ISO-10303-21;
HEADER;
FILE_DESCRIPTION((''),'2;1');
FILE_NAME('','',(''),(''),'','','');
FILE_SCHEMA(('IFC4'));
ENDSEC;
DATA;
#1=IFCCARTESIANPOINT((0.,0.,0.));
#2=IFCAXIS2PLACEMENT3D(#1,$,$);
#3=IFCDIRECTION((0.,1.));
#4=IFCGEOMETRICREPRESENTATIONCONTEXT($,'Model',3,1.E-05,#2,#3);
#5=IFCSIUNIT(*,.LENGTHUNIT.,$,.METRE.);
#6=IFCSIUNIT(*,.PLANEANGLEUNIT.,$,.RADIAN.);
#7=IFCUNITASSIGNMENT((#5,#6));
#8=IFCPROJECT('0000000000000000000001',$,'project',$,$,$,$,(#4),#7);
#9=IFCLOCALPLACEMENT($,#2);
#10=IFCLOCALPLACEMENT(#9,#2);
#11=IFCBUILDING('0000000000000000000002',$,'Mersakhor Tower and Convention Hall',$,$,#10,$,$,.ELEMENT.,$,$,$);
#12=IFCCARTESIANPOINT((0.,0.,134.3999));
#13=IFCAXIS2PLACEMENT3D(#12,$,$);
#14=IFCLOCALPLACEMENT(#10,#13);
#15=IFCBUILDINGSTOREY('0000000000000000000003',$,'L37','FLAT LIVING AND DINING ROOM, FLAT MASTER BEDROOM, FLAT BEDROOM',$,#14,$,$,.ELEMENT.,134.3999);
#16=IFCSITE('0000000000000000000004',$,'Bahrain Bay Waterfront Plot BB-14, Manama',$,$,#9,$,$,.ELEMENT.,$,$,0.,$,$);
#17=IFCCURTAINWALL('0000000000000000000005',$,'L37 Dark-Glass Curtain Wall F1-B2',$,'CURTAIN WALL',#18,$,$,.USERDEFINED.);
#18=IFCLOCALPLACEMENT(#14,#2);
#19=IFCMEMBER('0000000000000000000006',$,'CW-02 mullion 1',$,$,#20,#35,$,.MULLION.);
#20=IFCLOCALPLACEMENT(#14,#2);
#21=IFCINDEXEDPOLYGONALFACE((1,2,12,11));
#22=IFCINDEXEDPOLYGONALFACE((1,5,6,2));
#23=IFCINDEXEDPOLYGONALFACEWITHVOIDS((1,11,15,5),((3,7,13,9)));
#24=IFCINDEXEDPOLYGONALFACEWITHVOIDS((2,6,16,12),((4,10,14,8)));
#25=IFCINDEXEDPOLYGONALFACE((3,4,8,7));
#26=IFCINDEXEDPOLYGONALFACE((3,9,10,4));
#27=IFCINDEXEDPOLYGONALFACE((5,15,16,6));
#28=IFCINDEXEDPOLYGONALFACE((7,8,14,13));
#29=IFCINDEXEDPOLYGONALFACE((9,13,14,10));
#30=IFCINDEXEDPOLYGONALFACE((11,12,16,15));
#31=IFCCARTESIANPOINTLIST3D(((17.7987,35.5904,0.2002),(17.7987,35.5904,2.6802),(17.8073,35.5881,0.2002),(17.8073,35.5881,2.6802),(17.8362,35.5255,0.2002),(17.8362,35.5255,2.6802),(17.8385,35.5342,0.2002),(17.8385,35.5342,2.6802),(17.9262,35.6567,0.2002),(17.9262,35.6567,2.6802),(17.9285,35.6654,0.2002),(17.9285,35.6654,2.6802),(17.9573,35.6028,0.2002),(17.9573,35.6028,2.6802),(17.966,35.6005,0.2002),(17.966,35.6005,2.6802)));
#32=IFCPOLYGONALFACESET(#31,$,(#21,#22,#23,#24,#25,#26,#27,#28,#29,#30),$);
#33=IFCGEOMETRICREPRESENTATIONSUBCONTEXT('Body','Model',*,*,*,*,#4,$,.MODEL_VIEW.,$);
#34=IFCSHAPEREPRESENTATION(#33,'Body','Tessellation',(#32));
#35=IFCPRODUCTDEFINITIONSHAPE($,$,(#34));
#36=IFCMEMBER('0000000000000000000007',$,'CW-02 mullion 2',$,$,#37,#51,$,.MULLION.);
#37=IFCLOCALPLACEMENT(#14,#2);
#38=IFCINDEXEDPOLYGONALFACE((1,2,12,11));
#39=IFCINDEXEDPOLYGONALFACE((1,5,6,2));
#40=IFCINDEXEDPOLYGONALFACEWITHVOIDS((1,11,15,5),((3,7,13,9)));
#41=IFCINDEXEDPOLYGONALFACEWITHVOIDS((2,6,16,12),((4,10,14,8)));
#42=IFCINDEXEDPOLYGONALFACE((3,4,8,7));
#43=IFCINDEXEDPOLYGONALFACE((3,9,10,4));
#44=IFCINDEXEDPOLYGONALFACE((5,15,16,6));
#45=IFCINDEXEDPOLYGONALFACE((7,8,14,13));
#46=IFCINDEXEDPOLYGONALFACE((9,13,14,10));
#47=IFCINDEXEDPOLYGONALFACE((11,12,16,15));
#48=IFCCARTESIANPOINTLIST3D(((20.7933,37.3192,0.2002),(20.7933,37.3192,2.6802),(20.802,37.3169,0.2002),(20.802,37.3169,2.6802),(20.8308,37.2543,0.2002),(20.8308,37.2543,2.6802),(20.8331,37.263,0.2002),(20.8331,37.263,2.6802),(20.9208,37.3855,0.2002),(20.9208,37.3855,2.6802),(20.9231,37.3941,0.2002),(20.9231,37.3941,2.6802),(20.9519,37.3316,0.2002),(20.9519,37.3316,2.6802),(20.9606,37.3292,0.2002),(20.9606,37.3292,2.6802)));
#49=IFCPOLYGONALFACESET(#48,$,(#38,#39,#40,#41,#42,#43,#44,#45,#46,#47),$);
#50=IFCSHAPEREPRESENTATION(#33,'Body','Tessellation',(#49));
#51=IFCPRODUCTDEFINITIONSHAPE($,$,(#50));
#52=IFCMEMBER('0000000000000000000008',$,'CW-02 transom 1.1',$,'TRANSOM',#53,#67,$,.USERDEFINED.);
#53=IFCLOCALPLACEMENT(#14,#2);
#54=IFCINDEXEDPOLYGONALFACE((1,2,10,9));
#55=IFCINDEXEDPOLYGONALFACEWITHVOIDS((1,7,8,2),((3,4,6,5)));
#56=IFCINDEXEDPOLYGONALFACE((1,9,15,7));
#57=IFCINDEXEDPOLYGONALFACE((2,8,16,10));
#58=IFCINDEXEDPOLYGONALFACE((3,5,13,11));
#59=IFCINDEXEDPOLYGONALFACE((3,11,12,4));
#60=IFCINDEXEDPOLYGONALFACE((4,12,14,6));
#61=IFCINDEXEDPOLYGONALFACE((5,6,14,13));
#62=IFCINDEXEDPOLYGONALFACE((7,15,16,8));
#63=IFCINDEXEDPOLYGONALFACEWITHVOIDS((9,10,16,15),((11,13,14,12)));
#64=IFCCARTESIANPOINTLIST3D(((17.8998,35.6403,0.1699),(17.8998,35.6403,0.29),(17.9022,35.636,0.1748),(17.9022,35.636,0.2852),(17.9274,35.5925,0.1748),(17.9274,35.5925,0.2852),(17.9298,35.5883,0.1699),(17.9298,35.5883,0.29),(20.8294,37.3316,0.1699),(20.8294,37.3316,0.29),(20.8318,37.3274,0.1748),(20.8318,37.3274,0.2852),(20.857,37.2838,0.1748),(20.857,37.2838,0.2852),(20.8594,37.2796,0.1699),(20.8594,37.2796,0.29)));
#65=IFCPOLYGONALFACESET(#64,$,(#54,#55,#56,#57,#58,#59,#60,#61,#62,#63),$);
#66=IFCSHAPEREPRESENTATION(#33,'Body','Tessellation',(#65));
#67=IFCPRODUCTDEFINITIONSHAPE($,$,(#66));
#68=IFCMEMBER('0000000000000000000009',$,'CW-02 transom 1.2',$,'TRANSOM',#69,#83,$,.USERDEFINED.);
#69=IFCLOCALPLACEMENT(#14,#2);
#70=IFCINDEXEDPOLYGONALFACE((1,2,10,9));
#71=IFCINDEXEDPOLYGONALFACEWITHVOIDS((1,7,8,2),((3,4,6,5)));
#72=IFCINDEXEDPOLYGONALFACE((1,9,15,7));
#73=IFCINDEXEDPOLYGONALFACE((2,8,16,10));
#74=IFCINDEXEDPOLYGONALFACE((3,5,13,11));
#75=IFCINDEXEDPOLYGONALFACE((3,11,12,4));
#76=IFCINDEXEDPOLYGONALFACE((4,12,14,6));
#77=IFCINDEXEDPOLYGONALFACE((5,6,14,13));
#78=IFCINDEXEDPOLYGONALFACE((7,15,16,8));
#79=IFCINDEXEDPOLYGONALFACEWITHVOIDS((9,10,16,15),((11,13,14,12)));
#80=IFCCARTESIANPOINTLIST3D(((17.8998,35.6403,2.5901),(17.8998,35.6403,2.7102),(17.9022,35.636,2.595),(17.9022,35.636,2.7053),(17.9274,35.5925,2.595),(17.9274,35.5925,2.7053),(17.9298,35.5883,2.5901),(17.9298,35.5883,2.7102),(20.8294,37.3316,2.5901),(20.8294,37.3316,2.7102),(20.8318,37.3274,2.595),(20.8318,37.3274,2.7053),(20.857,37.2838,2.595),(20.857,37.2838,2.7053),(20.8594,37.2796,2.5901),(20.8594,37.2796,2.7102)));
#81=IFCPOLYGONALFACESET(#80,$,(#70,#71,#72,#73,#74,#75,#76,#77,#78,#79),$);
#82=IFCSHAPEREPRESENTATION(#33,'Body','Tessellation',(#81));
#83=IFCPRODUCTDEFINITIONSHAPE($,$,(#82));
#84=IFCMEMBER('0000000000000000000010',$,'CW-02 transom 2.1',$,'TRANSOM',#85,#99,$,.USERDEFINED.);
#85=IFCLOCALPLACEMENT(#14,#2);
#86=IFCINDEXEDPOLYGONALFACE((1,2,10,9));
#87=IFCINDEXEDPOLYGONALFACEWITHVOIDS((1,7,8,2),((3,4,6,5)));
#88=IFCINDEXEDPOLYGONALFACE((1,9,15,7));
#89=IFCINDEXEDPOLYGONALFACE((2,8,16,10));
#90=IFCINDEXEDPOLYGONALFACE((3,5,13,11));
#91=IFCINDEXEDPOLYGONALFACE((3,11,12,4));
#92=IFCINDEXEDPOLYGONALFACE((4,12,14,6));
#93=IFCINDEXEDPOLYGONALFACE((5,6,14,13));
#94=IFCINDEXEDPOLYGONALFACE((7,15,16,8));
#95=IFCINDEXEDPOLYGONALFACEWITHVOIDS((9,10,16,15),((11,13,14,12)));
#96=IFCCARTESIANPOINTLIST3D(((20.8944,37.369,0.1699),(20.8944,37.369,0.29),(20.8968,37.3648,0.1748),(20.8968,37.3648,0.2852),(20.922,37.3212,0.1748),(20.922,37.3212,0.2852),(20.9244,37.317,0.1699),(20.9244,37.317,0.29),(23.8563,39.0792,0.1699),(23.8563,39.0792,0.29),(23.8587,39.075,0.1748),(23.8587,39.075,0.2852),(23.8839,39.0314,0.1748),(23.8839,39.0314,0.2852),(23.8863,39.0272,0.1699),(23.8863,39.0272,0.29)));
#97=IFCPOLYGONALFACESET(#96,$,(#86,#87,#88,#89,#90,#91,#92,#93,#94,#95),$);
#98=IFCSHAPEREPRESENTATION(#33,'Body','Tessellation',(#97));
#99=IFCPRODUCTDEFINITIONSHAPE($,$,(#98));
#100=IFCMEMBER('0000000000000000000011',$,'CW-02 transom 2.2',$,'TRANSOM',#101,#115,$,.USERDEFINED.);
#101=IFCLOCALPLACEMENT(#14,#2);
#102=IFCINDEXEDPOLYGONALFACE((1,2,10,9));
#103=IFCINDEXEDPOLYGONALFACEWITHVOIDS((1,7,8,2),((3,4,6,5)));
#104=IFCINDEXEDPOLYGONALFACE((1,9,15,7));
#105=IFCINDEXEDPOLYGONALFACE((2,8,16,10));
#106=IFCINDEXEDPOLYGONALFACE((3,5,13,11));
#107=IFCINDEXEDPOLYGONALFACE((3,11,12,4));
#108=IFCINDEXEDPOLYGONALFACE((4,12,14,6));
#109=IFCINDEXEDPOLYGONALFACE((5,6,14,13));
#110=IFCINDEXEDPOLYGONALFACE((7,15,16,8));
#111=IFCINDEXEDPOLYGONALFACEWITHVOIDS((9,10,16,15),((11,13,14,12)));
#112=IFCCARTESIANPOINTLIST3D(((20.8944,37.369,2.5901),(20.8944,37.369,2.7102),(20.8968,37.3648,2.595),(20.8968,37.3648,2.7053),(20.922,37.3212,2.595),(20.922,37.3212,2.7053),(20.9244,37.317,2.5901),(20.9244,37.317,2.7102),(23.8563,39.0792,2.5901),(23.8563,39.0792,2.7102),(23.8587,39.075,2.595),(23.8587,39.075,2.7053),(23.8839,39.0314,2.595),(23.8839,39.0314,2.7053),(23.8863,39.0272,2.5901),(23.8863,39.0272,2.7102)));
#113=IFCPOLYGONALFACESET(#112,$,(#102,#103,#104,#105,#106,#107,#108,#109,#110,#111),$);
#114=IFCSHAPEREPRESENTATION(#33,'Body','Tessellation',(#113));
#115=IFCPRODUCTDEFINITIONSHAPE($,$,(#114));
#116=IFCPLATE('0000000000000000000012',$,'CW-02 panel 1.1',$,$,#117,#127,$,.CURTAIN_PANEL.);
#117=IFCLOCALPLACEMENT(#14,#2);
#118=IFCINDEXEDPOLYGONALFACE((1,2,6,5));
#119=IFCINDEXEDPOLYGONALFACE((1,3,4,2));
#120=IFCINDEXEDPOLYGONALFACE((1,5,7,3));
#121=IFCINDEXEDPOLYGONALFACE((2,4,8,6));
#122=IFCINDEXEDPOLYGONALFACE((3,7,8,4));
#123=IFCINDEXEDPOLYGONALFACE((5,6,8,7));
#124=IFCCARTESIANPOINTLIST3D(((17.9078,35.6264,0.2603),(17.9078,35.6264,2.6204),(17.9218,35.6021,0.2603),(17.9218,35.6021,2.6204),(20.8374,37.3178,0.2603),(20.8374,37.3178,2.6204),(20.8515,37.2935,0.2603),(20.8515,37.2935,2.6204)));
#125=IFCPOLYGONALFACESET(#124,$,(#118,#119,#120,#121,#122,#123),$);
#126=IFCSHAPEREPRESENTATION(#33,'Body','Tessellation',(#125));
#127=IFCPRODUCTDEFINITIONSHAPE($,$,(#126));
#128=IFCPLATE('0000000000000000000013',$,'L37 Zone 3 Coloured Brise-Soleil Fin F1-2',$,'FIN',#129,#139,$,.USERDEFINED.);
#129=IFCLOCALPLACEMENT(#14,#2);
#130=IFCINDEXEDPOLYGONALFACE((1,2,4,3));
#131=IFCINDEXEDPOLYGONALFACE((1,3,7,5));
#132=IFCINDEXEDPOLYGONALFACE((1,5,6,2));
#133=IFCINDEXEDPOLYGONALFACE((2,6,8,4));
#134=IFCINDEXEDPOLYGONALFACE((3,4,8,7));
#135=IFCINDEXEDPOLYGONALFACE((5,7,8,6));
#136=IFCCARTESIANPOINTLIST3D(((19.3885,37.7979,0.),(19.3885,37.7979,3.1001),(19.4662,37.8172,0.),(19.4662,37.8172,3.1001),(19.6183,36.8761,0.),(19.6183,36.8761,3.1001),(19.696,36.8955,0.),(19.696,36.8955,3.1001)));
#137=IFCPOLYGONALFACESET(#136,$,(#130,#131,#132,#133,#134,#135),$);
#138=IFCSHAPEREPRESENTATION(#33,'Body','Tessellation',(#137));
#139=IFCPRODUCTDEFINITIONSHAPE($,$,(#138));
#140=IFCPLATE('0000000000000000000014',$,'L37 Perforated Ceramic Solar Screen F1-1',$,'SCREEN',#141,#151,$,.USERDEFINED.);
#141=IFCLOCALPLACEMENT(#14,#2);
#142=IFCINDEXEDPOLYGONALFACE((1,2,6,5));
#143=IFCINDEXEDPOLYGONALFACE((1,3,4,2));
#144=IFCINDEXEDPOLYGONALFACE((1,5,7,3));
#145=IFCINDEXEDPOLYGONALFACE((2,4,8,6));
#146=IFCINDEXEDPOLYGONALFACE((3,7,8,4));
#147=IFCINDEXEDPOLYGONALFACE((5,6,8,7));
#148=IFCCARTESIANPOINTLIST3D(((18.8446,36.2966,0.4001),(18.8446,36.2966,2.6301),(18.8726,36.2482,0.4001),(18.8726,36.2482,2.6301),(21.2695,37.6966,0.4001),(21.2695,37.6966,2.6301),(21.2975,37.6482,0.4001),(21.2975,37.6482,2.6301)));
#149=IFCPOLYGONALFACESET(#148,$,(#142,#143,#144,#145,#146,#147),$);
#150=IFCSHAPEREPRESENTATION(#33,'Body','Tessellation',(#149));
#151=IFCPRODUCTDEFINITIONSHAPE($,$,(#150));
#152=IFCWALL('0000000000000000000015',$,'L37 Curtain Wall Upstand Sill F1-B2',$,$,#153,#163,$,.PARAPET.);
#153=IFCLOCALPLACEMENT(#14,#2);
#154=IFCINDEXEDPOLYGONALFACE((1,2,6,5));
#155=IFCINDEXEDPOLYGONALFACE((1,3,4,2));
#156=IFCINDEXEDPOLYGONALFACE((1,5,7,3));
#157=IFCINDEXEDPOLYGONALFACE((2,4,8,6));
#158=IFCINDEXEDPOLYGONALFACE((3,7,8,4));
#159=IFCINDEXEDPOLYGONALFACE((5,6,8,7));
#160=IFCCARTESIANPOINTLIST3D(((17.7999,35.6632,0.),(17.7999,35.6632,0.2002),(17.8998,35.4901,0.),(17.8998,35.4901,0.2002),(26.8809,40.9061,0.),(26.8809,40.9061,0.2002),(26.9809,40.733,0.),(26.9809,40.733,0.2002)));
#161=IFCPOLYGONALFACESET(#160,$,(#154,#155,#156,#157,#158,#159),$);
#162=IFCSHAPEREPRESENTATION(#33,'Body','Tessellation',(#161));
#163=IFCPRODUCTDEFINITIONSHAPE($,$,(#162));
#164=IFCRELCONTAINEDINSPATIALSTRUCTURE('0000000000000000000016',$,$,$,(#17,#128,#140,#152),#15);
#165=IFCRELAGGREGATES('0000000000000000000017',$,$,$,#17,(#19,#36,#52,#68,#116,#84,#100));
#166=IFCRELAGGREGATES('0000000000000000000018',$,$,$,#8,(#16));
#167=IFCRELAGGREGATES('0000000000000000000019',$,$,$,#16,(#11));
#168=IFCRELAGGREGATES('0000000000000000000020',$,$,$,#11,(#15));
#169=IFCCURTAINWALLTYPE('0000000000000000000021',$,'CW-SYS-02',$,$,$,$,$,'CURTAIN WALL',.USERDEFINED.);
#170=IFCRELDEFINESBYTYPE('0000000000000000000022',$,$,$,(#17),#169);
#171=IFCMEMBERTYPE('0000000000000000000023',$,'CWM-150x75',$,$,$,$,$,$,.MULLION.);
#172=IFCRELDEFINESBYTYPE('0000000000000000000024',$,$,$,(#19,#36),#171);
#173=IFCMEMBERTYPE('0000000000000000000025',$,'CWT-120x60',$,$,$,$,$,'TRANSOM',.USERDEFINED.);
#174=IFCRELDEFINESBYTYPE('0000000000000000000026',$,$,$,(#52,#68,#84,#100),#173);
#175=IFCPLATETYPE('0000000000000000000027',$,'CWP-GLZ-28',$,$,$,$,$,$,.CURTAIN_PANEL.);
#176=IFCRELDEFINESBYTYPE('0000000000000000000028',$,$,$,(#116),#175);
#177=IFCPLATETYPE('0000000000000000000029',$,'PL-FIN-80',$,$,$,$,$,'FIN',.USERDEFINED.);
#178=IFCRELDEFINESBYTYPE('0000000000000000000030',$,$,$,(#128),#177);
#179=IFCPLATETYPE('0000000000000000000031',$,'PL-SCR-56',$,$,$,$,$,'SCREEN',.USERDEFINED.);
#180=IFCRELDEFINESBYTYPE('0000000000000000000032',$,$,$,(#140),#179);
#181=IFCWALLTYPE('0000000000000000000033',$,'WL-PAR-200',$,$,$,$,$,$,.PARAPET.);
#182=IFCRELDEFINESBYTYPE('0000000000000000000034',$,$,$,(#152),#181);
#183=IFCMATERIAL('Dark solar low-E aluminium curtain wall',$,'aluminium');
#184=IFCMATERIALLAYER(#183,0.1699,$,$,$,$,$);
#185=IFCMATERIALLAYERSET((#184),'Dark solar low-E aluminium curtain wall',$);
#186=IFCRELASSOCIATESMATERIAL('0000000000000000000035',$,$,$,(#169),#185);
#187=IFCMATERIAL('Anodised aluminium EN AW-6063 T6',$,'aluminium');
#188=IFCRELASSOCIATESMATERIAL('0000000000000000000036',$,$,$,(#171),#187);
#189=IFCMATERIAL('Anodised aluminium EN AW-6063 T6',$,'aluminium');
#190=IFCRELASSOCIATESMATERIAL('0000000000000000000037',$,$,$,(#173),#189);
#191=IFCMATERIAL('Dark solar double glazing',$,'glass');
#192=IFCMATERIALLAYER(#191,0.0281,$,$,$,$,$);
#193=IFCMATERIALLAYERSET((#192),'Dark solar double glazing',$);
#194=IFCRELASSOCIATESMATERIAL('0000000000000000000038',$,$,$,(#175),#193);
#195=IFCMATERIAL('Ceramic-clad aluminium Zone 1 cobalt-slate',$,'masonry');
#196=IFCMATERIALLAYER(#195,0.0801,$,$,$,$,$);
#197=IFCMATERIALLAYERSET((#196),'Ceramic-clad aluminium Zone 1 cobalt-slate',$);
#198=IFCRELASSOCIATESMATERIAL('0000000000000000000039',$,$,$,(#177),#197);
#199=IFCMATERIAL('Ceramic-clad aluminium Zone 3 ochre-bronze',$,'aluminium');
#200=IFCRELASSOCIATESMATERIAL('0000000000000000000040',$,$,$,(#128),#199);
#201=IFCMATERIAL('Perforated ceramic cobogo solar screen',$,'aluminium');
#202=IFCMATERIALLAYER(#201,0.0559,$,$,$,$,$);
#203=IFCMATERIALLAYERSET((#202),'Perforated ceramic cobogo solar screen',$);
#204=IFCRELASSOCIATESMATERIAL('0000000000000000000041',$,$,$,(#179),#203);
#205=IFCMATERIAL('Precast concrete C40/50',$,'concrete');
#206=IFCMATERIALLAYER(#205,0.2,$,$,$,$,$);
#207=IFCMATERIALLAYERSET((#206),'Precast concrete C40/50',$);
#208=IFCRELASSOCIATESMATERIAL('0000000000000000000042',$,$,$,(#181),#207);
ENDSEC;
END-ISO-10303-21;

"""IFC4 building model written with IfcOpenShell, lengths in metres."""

from ifc_helpers import new_model, si_unit, direction, frame, frame_2d, origin, origin_2d, place, context, subcontext, project, spatial, rectangle, hollow_rectangle, extrude, material, layer, layer_set, material_profile, profile_set, type_object, element, aggregate, save


model = new_model("IFC4")

# Units and contexts
model_context = context("Model", 3, precision=1e-05, world=origin(), true_north=direction((0.0, 1.0)))
body_context = subcontext(model_context, "Body", "Model", "MODEL_VIEW")
ifc_project = project(units=[si_unit("LENGTHUNIT", "METRE"), si_unit("PLANEANGLEUNIT", "RADIAN")], contexts=[model_context])

# Site, building, storey
site_placement = place(None, origin())
site = spatial("IfcSite", under=ifc_project, at=site_placement, Name="Bahrain Bay Waterfront Plot BB-14, Manama", CompositionType="ELEMENT", RefElevation=0.0)
building_placement = place(site_placement, origin())
building = spatial("IfcBuilding", under=site, at=building_placement, Name="Mersakhor Tower and Convention Hall", CompositionType="ELEMENT")
storey_placement = place(building_placement, frame((0.0, 0.0, 134.3999)))
storey = spatial("IfcBuildingStorey", under=building, at=storey_placement, Name="L37", Description="FLAT LIVING AND DINING ROOM, FLAT MASTER BEDROOM, FLAT BEDROOM", CompositionType="ELEMENT", Elevation=134.3999)

# Curtain wall, members, plate
ifc_material_1 = material(Name="Dark solar low-E aluminium curtain wall", Category="aluminium")
ifc_layer_1 = layer(ifc_material_1, 0.1699)
ifc_layer_set_1 = layer_set([ifc_layer_1], Name="Dark solar low-E aluminium curtain wall")
curtain_wall_type = type_object("IfcCurtainWallType", Name="CW-SYS-02", ElementType="CURTAIN WALL", PredefinedType="USERDEFINED", material=ifc_layer_set_1)
curtain_wall_placement = place(storey_placement, origin())
curtain_wall = element("IfcCurtainWall", 1, at=curtain_wall_placement, inside=storey, type_object=curtain_wall_type, Name="L37 Dark-Glass Curtain Wall F1-B2", ObjectType="CURTAIN WALL", PredefinedType="USERDEFINED")
ifc_material_2 = material(Name="Anodised aluminium EN AW-6063 T6", Category="aluminium")
ifc_material_profile_1 = material_profile(ifc_material_2, hollow_rectangle(XDim=0.075, YDim=0.1499, WallThickness=0.0063, at=origin_2d()), Name="RHS 150x75x6.3")
ifc_profile_set_1 = profile_set([ifc_material_profile_1], Name="Anodised aluminium EN AW-6063 T6")
member_type_1 = type_object("IfcMemberType", Name="CWM-150x75", PredefinedType="MULLION", material=ifc_profile_set_1)
member_1_placement = place(storey_placement, frame((17.8823, 35.5955, 0.2002), z_axis=(0.0, 0.0, 1.0), x_axis=(-0.49999, 0.866031, 0.0)))
member_1 = element("IfcMember", 2, at=member_1_placement, type_object=member_type_1, Name="CW-02 mullion 1", PredefinedType="MULLION", context=body_context, shape_type="SweptSolid", body=[
    extrude(hollow_rectangle(XDim=0.075, YDim=0.1499, WallThickness=0.0063, at=origin_2d()), origin(), (0.0, 0.0, 1.0), 2.48),
])
member_2_placement = place(storey_placement, frame((20.877, 37.3242, 0.2002), z_axis=(0.0, 0.0, 1.0), x_axis=(-0.49999, 0.866031, 0.0)))
member_2 = element("IfcMember", 3, at=member_2_placement, type_object=member_type_1, Name="CW-02 mullion 2", PredefinedType="MULLION", context=body_context, shape_type="SweptSolid", body=[
    extrude(hollow_rectangle(XDim=0.075, YDim=0.1499, WallThickness=0.0063, at=origin_2d()), origin(), (0.0, 0.0, 1.0), 2.48),
])
ifc_material_3 = material(Name="Anodised aluminium EN AW-6063 T6", Category="aluminium")
ifc_material_profile_2 = material_profile(ifc_material_3, hollow_rectangle(XDim=0.0601, YDim=0.1201, WallThickness=0.0049, at=origin_2d()), Name="RHS 120x60x5")
ifc_profile_set_2 = profile_set([ifc_material_profile_2], Name="Anodised aluminium EN AW-6063 T6")
member_type_2 = type_object("IfcMemberType", Name="CWT-120x60", ElementType="TRANSOM", PredefinedType="USERDEFINED", material=ifc_profile_set_2)
member_3_placement = place(storey_placement, frame((17.9148, 35.6143, 0.23), z_axis=(0.866032, 0.499989, 0.0), x_axis=(-0.499989, 0.866032, 0.0)))
member_3 = element("IfcMember", 4, at=member_3_placement, type_object=member_type_2, Name="CW-02 transom 1.1", ObjectType="TRANSOM", PredefinedType="USERDEFINED", context=body_context, shape_type="SweptSolid", body=[
    extrude(hollow_rectangle(XDim=0.0601, YDim=0.1201, WallThickness=0.0049, at=origin_2d()), origin(), (0.0, 0.0, 1.0), 3.3828),
])
member_4_placement = place(storey_placement, frame((17.9148, 35.6143, 2.6501), z_axis=(0.866032, 0.499989, 0.0), x_axis=(-0.499989, 0.866032, 0.0)))
member_4 = element("IfcMember", 5, at=member_4_placement, type_object=member_type_2, Name="CW-02 transom 1.2", ObjectType="TRANSOM", PredefinedType="USERDEFINED", context=body_context, shape_type="SweptSolid", body=[
    extrude(hollow_rectangle(XDim=0.0601, YDim=0.1201, WallThickness=0.0049, at=origin_2d()), origin(), (0.0, 0.0, 1.0), 3.3828),
])
member_5_placement = place(storey_placement, frame((20.9094, 37.343, 0.23), z_axis=(0.866007, 0.500031, 0.0), x_axis=(-0.500031, 0.866007, 0.0)))
member_5 = element("IfcMember", 6, at=member_5_placement, type_object=member_type_2, Name="CW-02 transom 2.1", ObjectType="TRANSOM", PredefinedType="USERDEFINED", context=body_context, shape_type="SweptSolid", body=[
    extrude(hollow_rectangle(XDim=0.0601, YDim=0.1201, WallThickness=0.0049, at=origin_2d()), origin(), (0.0, 0.0, 1.0), 3.4202),
])
member_6_placement = place(storey_placement, frame((20.9094, 37.343, 2.6501), z_axis=(0.866007, 0.500031, 0.0), x_axis=(-0.500031, 0.866007, 0.0)))
member_6 = element("IfcMember", 7, at=member_6_placement, type_object=member_type_2, Name="CW-02 transom 2.2", ObjectType="TRANSOM", PredefinedType="USERDEFINED", context=body_context, shape_type="SweptSolid", body=[
    extrude(hollow_rectangle(XDim=0.0601, YDim=0.1201, WallThickness=0.0049, at=origin_2d()), origin(), (0.0, 0.0, 1.0), 3.4202),
])
ifc_material_4 = material(Name="Dark solar double glazing", Category="glass")
ifc_layer_2 = layer(ifc_material_4, 0.0281)
ifc_layer_set_2 = layer_set([ifc_layer_2], Name="Dark solar double glazing")
plate_type_1 = type_object("IfcPlateType", Name="CWP-GLZ-28", PredefinedType="CURTAIN_PANEL", material=ifc_layer_set_2)
plate_1_placement = place(storey_placement, frame((19.3796, 36.46, 0.2603), z_axis=(0.0, 0.0, 1.0), x_axis=(0.866031, 0.49999, 0.0)))
plate_1 = element("IfcPlate", 8, at=plate_1_placement, type_object=plate_type_1, Name="CW-02 panel 1.1", PredefinedType="CURTAIN_PANEL", context=body_context, shape_type="SweptSolid", body=[
    extrude(rectangle(XDim=3.3828, YDim=0.0281, at=origin_2d()), origin(), (0.0, 0.0, 1.0), 2.3601),
])
aggregate(curtain_wall, [member_1, member_2, member_3, member_4, plate_1, member_5, member_6])

# Plates
ifc_material_5 = material(Name="Ceramic-clad aluminium Zone 3 ochre-bronze", Category="aluminium")
ifc_material_6 = material(Name="Ceramic-clad aluminium Zone 1 cobalt-slate", Category="masonry")
ifc_layer_3 = layer(ifc_material_6, 0.0801)
ifc_layer_set_3 = layer_set([ifc_layer_3], Name="Ceramic-clad aluminium Zone 1 cobalt-slate")
plate_type_2 = type_object("IfcPlateType", Name="PL-FIN-80", ElementType="FIN", PredefinedType="USERDEFINED", material=ifc_layer_set_3)
plate_2_placement = place(storey_placement, frame((19.5422, 37.3467, 0.0), z_axis=(0.0, 0.0, 1.0), x_axis=(-0.241922, 0.970296, 0.0)))
element("IfcPlate", 9, at=plate_2_placement, inside=storey, type_object=plate_type_2, material=ifc_material_5, Name="L37 Zone 3 Coloured Brise-Soleil Fin F1-2", ObjectType="FIN", PredefinedType="USERDEFINED", context=body_context, shape_type="SweptSolid", body=[
    extrude(rectangle(XDim=0.95, YDim=0.0801, at=origin_2d()), origin(), (0.0, 0.0, 1.0), 3.1001),
])
ifc_material_7 = material(Name="Perforated ceramic cobogo solar screen", Category="aluminium")
ifc_layer_4 = layer(ifc_material_7, 0.0559)
ifc_layer_set_4 = layer_set([ifc_layer_4], Name="Perforated ceramic cobogo solar screen")
plate_type_3 = type_object("IfcPlateType", Name="PL-SCR-56", ElementType="SCREEN", PredefinedType="USERDEFINED", material=ifc_layer_set_4)
plate_3_placement = place(storey_placement, frame((20.071, 36.9724, 0.4001), z_axis=(0.0, 0.0, 1.0), x_axis=(0.866025, 0.5, 0.0)))
element("IfcPlate", 10, at=plate_3_placement, inside=storey, type_object=plate_type_3, Name="L37 Perforated Ceramic Solar Screen F1-1", ObjectType="SCREEN", PredefinedType="USERDEFINED", context=body_context, shape_type="SweptSolid", body=[
    extrude(rectangle(XDim=2.8, YDim=0.0559, at=origin_2d()), origin(), (0.0, 0.0, 1.0), 2.23),
])

# Wall
ifc_material_8 = material(Name="Precast concrete C40/50", Category="concrete")
ifc_layer_5 = layer(ifc_material_8, 0.2)
ifc_layer_set_5 = layer_set([ifc_layer_5], Name="Precast concrete C40/50")
wall_type_1 = type_object("IfcWallType", Name="WL-PAR-200", PredefinedType="PARAPET", material=ifc_layer_set_5)
wall_1_placement = place(storey_placement, frame((17.8499, 35.5767, 0.0), z_axis=(0.0, 0.0, 1.0), x_axis=(0.866027, 0.499998, 0.0)))
element("IfcWall", 11, at=wall_1_placement, inside=storey, type_object=wall_type_1, Name="L37 Curtain Wall Upstand Sill F1-B2", PredefinedType="PARAPET", context=body_context, shape_type="SweptSolid", body=[
    extrude(rectangle(XDim=10.4858, YDim=0.2, at=frame_2d((5.2429, 0.0))), origin(), (0.0, 0.0, 1.0), 0.2002),
])

save(model, "model.ifc")
